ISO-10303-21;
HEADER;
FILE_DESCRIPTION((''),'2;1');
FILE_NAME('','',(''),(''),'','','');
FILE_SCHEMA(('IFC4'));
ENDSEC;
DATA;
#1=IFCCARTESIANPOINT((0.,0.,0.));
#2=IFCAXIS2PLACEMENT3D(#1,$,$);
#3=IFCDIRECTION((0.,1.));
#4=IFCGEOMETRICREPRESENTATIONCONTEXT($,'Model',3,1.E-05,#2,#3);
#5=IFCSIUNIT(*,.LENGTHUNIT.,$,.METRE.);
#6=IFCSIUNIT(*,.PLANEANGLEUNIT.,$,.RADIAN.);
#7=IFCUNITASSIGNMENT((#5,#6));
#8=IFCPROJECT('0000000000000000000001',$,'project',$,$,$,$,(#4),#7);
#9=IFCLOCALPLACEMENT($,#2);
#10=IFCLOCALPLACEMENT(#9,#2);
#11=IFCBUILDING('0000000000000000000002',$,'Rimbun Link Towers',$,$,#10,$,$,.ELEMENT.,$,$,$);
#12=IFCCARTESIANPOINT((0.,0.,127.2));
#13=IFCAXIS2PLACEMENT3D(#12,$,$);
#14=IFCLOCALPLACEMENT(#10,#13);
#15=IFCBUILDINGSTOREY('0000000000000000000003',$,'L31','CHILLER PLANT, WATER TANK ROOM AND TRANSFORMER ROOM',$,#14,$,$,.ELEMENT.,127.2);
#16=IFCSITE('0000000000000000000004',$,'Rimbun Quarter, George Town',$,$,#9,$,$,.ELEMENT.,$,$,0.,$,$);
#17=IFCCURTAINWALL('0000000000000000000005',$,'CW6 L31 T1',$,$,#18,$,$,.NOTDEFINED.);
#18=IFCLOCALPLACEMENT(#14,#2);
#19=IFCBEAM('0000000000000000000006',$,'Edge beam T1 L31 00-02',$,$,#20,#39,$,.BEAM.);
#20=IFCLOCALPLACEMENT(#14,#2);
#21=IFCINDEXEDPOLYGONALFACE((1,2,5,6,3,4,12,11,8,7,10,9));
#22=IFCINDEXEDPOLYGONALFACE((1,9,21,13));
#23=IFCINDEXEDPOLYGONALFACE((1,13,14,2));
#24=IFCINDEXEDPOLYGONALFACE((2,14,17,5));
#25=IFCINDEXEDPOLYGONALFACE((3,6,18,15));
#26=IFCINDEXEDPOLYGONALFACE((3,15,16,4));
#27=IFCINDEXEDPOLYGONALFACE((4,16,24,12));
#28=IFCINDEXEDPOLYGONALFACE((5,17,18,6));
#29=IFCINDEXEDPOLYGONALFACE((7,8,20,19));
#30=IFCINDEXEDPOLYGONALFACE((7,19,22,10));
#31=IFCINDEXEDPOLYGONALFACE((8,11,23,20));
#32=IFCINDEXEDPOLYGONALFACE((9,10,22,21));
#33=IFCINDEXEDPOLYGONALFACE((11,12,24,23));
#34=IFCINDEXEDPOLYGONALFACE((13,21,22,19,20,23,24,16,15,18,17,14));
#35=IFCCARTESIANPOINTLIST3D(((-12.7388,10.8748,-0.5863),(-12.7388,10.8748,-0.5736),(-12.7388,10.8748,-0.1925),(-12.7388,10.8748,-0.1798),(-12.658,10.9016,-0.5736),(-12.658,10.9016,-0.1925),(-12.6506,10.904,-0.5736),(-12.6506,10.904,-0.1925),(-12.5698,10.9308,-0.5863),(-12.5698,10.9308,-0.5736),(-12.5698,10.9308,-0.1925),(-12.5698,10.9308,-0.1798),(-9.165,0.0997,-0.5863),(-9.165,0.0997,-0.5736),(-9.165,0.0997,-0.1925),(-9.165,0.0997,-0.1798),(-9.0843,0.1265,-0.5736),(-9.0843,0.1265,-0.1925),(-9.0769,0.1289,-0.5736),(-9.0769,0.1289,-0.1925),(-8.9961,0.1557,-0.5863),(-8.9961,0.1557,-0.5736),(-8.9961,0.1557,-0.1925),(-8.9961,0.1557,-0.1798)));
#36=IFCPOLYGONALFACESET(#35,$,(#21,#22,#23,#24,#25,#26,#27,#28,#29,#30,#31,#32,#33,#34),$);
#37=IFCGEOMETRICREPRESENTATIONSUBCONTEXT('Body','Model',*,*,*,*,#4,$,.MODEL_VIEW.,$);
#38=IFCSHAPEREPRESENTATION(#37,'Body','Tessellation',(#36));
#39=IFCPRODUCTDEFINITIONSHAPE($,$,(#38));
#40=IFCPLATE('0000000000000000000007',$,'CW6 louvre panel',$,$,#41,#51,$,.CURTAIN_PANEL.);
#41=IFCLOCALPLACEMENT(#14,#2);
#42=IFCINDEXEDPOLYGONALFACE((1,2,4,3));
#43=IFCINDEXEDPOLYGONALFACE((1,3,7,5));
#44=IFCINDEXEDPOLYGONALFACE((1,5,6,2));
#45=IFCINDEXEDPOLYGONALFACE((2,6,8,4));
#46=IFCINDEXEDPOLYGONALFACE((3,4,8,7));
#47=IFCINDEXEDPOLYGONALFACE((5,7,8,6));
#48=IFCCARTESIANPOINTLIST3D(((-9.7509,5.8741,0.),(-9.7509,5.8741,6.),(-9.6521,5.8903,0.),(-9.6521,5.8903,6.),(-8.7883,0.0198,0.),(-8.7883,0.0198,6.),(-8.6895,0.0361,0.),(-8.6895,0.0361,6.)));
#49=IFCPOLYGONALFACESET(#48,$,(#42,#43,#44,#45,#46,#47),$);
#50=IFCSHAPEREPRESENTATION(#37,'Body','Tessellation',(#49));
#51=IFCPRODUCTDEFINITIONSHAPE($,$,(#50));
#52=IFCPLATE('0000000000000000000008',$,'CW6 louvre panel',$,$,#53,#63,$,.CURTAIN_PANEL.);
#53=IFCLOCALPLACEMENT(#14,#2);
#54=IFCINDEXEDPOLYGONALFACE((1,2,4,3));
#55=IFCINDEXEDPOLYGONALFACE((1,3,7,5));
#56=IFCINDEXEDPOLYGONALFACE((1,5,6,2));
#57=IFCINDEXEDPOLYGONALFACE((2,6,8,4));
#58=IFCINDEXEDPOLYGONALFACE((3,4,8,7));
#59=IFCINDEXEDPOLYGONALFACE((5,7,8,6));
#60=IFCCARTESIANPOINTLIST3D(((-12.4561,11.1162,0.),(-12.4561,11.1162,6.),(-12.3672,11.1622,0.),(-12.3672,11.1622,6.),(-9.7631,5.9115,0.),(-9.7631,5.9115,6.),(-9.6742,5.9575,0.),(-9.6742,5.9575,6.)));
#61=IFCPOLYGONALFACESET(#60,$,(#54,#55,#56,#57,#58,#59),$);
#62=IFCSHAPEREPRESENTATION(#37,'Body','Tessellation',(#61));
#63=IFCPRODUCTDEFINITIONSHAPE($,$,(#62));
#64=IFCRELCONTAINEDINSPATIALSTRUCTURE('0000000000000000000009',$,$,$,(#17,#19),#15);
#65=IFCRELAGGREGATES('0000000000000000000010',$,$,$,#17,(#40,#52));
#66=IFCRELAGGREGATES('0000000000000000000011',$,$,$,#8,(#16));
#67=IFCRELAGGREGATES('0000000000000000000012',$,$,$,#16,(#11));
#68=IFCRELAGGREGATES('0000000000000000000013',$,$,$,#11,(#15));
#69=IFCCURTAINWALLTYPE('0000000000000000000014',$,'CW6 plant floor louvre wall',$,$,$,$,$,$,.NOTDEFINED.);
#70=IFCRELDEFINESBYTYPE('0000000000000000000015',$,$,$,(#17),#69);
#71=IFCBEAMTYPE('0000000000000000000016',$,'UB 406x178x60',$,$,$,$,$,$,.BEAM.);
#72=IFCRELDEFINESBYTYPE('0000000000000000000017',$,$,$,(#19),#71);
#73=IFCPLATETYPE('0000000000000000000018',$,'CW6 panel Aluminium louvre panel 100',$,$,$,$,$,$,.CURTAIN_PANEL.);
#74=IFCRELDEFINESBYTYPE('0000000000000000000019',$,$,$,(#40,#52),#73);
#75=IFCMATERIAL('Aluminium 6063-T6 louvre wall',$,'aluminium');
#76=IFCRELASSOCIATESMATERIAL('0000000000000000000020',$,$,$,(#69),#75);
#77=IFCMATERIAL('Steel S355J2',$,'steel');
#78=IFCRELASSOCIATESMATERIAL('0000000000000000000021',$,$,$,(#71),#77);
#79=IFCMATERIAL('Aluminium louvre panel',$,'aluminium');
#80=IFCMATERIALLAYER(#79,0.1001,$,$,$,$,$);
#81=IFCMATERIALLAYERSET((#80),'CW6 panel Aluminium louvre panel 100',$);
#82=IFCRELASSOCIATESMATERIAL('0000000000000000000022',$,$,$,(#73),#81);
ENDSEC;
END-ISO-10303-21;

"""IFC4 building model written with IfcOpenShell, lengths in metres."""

from ifc_helpers import new_model, si_unit, direction, frame, origin, origin_2d, place, context, subcontext, project, spatial, rectangle, i_section, extrude, material, layer, layer_set, material_profile, profile_set, type_object, element, aggregate, save


model = new_model("IFC4")

# Units and contexts
model_context = context("Model", 3, precision=1e-05, world=origin(), true_north=direction((0.0, 1.0)))
body_context = subcontext(model_context, "Body", "Model", "MODEL_VIEW")
ifc_project = project(units=[si_unit("LENGTHUNIT", "METRE"), si_unit("PLANEANGLEUNIT", "RADIAN")], contexts=[model_context])

# Site, building, storey
site_placement = place(None, origin())
site = spatial("IfcSite", under=ifc_project, at=site_placement, Name="Rimbun Quarter, George Town", CompositionType="ELEMENT", RefElevation=0.0)
building_placement = place(site_placement, origin())
building = spatial("IfcBuilding", under=site, at=building_placement, Name="Rimbun Link Towers", CompositionType="ELEMENT")
storey_placement = place(building_placement, frame((0.0, 0.0, 127.2)))
storey = spatial("IfcBuildingStorey", under=building, at=storey_placement, Name="L31", Description="CHILLER PLANT, WATER TANK ROOM AND TRANSFORMER ROOM", CompositionType="ELEMENT", Elevation=127.2)

# Curtain wall
ifc_material_1 = material(Name="Aluminium 6063-T6 louvre wall", Category="aluminium")
curtain_wall_type = type_object("IfcCurtainWallType", Name="CW6 plant floor louvre wall", PredefinedType="NOTDEFINED", material=ifc_material_1)
curtain_wall_placement = place(storey_placement, origin())
curtain_wall = element("IfcCurtainWall", 1, at=curtain_wall_placement, inside=storey, type_object=curtain_wall_type, Name="CW6 L31 T1", PredefinedType="NOTDEFINED")

# Beam
ifc_material_2 = material(Name="Steel S355J2", Category="steel")
ifc_material_profile_1 = material_profile(ifc_material_2, i_section(OverallWidth=0.178, OverallDepth=0.4065, WebThickness=0.0078, FlangeThickness=0.0127, at=origin_2d()), Name="UB 406x178x60")
ifc_profile_set_1 = profile_set([ifc_material_profile_1], Name="Steel S355J2")
beam_type_1 = type_object("IfcBeamType", Name="UB 406x178x60", PredefinedType="BEAM", material=ifc_profile_set_1)
beam_1_placement = place(storey_placement, frame((-9.0806, 0.1277, -0.3831), z_axis=(-0.314802, 0.949158, 0.0), x_axis=(-0.949158, -0.314802, 0.0)))
element("IfcBeam", 2, at=beam_1_placement, inside=storey, type_object=beam_type_1, Name="Edge beam T1 L31 00-02", PredefinedType="BEAM", context=body_context, shape_type="SweptSolid", body=[
    extrude(i_section(OverallWidth=0.178, OverallDepth=0.4065, WebThickness=0.0078, FlangeThickness=0.0127, at=origin_2d()), origin(), (0.0, 0.0, 1.0), 11.3523),
])

# Plates
ifc_material_3 = material(Name="Aluminium louvre panel", Category="aluminium")
ifc_layer = layer(ifc_material_3, 0.1001)
ifc_layer_set = layer_set([ifc_layer], Name="CW6 panel Aluminium louvre panel 100")
plate_type = type_object("IfcPlateType", Name="CW6 panel Aluminium louvre panel 100", PredefinedType="CURTAIN_PANEL", material=ifc_layer_set)
plate_1_placement = place(storey_placement, frame((-9.2202, 2.9551, 0.0), z_axis=(0.0, 0.0, 1.0), x_axis=(0.162248, -0.98675, 0.0)))
plate_1 = element("IfcPlate", 3, at=plate_1_placement, type_object=plate_type, Name="CW6 louvre panel", PredefinedType="CURTAIN_PANEL", context=body_context, shape_type="SweptSolid", body=[
    extrude(rectangle(XDim=5.9329, YDim=0.1001, at=origin_2d()), origin(), (0.0, 0.0, 1.0), 6.0),
])
plate_2_placement = place(storey_placement, frame((-11.0652, 8.5369, 0.0), z_axis=(0.0, 0.0, 1.0), x_axis=(0.45955, -0.888152, 0.0)))
plate_2 = element("IfcPlate", 4, at=plate_2_placement, type_object=plate_type, Name="CW6 louvre panel", PredefinedType="CURTAIN_PANEL", context=body_context, shape_type="SweptSolid", body=[
    extrude(rectangle(XDim=5.8601, YDim=0.1001, at=origin_2d()), origin(), (0.0, 0.0, 1.0), 6.0),
])
aggregate(curtain_wall, [plate_1, plate_2])

save(model, "model.ifc")
